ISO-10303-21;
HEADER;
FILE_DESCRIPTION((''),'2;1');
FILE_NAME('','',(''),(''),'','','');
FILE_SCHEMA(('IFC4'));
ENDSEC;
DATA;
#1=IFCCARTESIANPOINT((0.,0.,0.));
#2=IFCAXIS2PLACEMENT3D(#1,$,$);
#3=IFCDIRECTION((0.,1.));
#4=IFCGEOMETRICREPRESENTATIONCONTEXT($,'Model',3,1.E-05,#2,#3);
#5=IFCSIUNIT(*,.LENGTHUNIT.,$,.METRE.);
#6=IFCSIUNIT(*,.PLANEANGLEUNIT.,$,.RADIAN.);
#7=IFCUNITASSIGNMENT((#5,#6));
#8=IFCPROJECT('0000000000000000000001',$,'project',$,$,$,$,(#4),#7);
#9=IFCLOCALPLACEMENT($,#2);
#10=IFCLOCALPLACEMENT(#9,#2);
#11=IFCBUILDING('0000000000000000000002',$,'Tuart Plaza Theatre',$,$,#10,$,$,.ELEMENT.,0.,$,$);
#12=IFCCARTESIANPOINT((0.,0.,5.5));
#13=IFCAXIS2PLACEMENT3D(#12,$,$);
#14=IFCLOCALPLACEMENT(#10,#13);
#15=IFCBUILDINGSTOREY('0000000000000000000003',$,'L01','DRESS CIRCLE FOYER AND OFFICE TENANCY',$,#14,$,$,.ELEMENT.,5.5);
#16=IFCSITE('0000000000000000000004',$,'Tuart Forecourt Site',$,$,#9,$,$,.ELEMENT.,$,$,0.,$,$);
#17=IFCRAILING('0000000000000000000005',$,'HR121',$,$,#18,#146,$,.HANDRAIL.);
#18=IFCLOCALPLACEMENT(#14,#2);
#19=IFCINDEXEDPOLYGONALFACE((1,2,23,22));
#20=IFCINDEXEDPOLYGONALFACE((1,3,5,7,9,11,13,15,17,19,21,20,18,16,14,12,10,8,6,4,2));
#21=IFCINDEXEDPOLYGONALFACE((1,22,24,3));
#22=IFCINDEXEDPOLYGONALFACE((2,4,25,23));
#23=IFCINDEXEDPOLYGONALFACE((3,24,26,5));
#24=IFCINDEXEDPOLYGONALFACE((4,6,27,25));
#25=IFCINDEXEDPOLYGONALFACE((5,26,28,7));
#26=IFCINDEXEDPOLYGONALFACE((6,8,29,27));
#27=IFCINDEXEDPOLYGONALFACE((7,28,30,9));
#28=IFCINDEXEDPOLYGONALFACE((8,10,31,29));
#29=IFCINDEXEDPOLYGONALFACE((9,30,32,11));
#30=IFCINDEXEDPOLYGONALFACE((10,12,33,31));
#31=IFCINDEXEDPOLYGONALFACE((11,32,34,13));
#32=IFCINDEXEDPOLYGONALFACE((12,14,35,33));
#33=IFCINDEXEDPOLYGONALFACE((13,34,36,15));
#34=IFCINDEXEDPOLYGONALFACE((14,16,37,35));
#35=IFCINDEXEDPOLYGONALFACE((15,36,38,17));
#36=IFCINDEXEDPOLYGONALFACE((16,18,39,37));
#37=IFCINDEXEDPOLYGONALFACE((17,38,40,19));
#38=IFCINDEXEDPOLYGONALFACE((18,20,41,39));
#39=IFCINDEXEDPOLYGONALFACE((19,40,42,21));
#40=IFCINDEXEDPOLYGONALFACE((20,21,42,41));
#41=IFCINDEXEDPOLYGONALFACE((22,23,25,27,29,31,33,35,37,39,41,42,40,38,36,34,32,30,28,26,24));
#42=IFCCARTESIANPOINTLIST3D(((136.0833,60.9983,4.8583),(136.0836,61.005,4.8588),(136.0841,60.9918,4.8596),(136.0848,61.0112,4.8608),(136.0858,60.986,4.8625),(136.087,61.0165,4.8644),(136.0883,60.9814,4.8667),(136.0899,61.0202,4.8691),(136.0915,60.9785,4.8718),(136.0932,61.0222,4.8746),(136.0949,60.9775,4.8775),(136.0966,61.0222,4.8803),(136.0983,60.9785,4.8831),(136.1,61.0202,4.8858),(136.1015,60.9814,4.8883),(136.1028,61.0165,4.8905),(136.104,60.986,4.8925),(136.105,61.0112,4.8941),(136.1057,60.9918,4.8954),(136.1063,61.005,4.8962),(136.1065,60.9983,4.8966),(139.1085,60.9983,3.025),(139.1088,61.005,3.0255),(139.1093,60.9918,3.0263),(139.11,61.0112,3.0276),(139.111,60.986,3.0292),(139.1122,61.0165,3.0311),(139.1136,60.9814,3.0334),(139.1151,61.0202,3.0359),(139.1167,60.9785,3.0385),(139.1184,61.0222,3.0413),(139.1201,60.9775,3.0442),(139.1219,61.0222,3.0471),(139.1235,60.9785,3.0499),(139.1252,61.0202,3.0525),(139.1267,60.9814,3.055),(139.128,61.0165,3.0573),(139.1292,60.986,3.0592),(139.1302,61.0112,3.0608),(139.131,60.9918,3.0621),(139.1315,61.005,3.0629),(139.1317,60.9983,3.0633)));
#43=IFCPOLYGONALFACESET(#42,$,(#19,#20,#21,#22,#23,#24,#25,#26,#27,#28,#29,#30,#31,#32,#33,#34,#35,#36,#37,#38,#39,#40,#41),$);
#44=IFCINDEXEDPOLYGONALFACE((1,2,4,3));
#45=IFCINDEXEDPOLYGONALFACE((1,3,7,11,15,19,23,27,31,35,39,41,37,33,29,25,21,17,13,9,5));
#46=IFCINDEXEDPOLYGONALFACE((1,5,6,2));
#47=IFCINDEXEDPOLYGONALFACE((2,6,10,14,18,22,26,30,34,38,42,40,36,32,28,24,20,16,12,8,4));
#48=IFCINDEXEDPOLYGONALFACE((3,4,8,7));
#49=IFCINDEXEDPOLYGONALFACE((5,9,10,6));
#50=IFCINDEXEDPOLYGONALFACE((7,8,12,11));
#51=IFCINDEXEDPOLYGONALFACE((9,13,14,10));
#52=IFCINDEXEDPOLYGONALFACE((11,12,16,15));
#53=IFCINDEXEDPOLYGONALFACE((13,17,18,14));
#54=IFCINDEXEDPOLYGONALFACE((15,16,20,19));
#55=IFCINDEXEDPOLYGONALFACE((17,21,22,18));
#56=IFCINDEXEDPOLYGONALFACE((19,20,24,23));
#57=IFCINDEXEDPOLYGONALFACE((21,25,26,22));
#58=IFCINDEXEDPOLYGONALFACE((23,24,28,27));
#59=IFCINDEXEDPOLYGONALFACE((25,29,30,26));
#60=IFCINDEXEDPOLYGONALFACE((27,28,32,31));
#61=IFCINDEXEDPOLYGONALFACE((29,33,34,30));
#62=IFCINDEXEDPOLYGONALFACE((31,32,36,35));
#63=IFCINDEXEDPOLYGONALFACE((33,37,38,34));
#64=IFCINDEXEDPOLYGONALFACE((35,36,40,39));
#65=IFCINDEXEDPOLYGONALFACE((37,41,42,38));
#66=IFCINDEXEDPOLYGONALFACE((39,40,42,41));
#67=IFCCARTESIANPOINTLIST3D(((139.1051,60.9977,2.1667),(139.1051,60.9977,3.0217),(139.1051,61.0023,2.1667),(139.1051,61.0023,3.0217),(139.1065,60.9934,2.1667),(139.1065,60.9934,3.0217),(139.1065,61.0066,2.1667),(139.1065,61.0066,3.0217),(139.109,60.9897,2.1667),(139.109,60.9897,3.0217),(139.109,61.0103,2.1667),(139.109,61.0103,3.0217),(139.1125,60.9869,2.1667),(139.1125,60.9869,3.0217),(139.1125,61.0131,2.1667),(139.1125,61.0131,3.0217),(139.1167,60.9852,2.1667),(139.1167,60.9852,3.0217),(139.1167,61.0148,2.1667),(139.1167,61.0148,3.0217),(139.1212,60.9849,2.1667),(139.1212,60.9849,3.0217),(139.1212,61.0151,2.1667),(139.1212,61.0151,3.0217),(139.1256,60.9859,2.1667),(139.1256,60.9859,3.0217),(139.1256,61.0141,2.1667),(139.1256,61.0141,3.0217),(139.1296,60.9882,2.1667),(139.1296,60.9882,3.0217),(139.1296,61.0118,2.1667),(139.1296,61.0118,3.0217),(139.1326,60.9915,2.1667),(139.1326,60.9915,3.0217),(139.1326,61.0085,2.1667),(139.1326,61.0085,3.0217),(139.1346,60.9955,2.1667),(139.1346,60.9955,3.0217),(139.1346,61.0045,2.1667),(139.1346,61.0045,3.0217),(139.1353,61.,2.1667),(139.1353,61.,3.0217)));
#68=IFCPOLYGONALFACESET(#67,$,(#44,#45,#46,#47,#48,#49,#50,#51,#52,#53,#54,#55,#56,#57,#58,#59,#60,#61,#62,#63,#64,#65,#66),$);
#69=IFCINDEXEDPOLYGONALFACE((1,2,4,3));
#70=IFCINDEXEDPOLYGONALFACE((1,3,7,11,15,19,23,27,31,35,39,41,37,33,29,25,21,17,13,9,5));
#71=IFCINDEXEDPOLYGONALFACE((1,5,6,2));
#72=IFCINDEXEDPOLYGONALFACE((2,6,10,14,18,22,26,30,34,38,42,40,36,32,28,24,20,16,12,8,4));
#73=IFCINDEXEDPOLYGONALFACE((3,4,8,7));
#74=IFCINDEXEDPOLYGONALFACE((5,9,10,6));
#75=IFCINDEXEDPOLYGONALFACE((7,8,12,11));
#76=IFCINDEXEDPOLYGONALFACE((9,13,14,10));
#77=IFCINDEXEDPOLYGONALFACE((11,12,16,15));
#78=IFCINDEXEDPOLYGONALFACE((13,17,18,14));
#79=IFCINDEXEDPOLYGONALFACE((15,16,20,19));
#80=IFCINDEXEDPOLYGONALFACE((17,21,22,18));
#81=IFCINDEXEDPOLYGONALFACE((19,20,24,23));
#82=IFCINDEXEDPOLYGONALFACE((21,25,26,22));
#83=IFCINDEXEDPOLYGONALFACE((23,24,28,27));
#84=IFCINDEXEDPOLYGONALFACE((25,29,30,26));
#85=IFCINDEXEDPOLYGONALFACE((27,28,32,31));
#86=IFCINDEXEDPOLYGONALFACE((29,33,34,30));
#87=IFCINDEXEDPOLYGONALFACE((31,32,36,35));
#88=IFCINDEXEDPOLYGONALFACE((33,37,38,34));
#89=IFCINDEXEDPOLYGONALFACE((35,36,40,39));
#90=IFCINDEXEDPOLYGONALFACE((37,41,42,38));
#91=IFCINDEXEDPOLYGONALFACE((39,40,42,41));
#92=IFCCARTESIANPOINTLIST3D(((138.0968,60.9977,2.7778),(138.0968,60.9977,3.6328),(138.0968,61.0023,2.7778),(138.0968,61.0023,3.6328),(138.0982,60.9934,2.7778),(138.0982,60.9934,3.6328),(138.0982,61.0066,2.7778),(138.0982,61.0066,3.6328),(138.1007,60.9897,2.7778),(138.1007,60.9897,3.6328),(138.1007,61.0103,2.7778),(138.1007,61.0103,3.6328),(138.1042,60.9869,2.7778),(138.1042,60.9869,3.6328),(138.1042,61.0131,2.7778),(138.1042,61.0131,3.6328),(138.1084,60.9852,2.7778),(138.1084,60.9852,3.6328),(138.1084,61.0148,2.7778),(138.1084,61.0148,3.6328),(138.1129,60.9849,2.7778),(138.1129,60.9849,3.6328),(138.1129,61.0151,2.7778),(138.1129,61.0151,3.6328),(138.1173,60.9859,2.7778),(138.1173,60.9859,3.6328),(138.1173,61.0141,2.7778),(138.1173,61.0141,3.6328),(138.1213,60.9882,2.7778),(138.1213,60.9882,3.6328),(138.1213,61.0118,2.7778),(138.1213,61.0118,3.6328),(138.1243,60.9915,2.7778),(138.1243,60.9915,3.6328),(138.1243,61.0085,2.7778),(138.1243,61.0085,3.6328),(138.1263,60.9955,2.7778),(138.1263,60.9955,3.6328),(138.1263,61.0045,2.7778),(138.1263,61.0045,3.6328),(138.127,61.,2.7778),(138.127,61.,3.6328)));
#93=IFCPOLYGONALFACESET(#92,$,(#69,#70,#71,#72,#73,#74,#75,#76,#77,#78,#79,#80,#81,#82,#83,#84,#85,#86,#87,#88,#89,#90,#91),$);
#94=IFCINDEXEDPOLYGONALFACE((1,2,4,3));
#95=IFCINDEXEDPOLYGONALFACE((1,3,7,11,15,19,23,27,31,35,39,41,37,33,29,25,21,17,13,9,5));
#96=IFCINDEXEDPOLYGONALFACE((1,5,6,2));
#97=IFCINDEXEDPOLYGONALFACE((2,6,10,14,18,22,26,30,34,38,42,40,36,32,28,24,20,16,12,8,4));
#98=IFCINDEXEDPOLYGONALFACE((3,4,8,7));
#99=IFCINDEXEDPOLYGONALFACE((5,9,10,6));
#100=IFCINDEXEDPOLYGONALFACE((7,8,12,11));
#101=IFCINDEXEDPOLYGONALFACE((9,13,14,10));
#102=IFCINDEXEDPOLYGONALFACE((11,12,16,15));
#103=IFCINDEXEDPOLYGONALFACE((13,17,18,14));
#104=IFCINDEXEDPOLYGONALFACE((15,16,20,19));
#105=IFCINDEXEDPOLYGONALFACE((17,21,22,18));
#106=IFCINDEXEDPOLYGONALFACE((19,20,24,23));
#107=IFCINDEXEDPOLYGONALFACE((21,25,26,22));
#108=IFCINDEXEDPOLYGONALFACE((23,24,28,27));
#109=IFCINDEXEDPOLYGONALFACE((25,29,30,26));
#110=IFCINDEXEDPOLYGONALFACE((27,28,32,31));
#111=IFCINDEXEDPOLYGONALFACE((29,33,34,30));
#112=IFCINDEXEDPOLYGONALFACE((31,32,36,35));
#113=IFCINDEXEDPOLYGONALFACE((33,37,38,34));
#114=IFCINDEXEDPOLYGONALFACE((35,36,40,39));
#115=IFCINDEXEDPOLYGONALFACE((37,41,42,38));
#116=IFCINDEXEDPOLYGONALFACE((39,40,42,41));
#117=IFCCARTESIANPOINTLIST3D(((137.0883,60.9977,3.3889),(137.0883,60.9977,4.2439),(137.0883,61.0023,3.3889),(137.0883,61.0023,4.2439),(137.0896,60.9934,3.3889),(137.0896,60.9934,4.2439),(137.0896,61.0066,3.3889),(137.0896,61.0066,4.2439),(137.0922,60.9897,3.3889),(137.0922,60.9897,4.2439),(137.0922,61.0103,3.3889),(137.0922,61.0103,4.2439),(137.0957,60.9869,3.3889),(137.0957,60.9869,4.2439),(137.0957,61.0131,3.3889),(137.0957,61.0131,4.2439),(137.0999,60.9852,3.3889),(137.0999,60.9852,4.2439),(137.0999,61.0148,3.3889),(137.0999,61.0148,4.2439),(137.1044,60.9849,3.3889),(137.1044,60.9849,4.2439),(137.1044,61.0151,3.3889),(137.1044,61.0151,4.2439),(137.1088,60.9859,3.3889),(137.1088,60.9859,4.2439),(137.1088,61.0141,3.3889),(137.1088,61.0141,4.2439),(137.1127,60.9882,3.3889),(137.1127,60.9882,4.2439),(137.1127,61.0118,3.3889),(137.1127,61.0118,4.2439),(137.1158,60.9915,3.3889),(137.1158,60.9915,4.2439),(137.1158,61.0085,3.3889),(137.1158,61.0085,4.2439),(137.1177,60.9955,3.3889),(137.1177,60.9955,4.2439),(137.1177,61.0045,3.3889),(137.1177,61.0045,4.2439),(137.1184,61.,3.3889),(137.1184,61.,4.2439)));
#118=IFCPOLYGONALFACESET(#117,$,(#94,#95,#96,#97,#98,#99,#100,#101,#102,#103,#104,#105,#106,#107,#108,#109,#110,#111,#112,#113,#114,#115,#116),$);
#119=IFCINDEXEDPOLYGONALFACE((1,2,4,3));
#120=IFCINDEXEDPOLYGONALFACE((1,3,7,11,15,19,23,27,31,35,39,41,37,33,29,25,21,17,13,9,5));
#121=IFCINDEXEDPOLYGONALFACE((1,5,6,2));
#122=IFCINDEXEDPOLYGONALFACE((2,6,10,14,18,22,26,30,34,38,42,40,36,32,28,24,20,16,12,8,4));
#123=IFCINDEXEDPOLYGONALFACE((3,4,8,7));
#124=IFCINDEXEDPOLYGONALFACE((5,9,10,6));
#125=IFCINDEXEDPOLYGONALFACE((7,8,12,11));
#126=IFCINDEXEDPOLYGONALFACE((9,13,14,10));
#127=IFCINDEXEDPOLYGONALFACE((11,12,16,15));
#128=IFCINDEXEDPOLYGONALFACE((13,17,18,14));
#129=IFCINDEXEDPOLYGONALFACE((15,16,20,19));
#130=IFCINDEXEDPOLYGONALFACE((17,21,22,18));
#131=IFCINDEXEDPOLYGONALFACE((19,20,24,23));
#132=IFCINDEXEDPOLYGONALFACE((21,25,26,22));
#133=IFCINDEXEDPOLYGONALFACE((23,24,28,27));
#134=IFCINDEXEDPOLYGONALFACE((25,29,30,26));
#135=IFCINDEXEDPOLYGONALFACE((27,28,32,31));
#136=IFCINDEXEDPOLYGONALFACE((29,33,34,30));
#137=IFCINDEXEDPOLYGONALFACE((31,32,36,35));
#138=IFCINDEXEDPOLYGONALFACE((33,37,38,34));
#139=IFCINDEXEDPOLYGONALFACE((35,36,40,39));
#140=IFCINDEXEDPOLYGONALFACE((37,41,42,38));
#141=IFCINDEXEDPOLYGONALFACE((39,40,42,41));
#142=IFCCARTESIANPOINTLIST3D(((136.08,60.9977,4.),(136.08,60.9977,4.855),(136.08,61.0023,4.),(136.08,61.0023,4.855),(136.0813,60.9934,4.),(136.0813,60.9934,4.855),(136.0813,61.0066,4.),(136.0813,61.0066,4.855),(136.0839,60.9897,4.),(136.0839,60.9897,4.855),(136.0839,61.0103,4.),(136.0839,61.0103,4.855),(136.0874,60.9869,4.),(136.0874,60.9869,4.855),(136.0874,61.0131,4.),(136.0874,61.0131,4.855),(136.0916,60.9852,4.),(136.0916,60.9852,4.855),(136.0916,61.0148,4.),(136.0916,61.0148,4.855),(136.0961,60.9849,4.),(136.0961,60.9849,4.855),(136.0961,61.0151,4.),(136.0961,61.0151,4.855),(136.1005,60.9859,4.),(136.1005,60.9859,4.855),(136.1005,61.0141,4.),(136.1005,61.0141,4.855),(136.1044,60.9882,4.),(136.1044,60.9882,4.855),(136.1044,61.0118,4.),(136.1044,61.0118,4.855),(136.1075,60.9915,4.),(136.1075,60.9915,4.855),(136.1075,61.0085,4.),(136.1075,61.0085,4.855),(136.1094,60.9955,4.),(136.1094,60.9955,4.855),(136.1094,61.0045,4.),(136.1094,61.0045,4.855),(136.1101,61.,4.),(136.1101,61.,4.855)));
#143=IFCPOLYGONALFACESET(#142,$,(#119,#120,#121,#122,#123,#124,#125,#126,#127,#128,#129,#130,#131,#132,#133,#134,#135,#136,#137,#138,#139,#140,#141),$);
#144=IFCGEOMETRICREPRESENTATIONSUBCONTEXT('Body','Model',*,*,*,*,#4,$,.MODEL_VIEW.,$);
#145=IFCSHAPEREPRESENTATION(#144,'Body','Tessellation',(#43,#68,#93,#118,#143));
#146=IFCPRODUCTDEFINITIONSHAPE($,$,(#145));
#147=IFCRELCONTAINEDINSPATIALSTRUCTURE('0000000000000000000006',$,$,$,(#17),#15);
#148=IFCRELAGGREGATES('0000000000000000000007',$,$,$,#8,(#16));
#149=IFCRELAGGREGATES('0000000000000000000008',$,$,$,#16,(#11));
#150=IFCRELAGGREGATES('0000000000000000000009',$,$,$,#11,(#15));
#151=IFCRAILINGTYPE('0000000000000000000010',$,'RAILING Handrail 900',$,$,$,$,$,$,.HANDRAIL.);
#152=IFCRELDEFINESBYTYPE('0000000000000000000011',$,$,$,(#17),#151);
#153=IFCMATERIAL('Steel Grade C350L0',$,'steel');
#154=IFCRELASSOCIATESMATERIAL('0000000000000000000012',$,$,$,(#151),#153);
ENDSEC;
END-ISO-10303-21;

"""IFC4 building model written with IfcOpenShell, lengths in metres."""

from ifc_helpers import new_model, si_unit, direction, frame, origin, origin_2d, place, context, subcontext, project, spatial, circle, extrude, material, type_object, element, save


model = new_model("IFC4")

# Units and contexts
model_context = context("Model", 3, precision=1e-05, world=origin(), true_north=direction((0.0, 1.0)))
body_context = subcontext(model_context, "Body", "Model", "MODEL_VIEW")
ifc_project = project(units=[si_unit("LENGTHUNIT", "METRE"), si_unit("PLANEANGLEUNIT", "RADIAN")], contexts=[model_context])

# Site, building, storey
site_placement = place(None, origin())
site = spatial("IfcSite", under=ifc_project, at=site_placement, Name="Tuart Forecourt Site", CompositionType="ELEMENT", RefElevation=0.0)
building_placement = place(site_placement, origin())
building = spatial("IfcBuilding", under=site, at=building_placement, Name="Tuart Plaza Theatre", CompositionType="ELEMENT", ElevationOfRefHeight=0.0)
storey_placement = place(building_placement, frame((0.0, 0.0, 5.5)))
storey = spatial("IfcBuildingStorey", under=building, at=storey_placement, Name="L01", Description="DRESS CIRCLE FOYER AND OFFICE TENANCY", CompositionType="ELEMENT", Elevation=5.5)

# Railing
ifc_material_1 = material(Name="Steel Grade C350L0", Category="steel")
railing_type_1 = type_object("IfcRailingType", Name="RAILING Handrail 900", PredefinedType="HANDRAIL", material=ifc_material_1)
for number, where, name in (
    (1, (139.1201, 61.0, 2.1667), "HR121"),
):
    element("IfcRailing", number, at=place(storey_placement, frame(where)), inside=storey, type_object=railing_type_1, Name=name, PredefinedType="HANDRAIL", context=body_context, shape_type="SweptSolid", body=[
        extrude(circle(Radius=0.0225, at=origin_2d()), frame((0.0, 0.0, 0.8774), z_axis=(-0.855219, 0.0, 0.518267), x_axis=(0.0, -1.0, 0.0)), (0.0, 0.0, 1.0), 3.5374),
        extrude(circle(Radius=0.0151, at=origin_2d()), origin(), (0.0, 0.0, 1.0), 0.855),
        extrude(circle(Radius=0.0151, at=origin_2d()), frame((-1.0083, 0.0, 0.6111)), (0.0, 0.0, 1.0), 0.855),
        extrude(circle(Radius=0.0151, at=origin_2d()), frame((-2.0168, 0.0, 1.2222)), (0.0, 0.0, 1.0), 0.855),
        extrude(circle(Radius=0.0151, at=origin_2d()), frame((-3.0251, 0.0, 1.8333)), (0.0, 0.0, 1.0), 0.855),
    ])

save(model, "model.ifc")
